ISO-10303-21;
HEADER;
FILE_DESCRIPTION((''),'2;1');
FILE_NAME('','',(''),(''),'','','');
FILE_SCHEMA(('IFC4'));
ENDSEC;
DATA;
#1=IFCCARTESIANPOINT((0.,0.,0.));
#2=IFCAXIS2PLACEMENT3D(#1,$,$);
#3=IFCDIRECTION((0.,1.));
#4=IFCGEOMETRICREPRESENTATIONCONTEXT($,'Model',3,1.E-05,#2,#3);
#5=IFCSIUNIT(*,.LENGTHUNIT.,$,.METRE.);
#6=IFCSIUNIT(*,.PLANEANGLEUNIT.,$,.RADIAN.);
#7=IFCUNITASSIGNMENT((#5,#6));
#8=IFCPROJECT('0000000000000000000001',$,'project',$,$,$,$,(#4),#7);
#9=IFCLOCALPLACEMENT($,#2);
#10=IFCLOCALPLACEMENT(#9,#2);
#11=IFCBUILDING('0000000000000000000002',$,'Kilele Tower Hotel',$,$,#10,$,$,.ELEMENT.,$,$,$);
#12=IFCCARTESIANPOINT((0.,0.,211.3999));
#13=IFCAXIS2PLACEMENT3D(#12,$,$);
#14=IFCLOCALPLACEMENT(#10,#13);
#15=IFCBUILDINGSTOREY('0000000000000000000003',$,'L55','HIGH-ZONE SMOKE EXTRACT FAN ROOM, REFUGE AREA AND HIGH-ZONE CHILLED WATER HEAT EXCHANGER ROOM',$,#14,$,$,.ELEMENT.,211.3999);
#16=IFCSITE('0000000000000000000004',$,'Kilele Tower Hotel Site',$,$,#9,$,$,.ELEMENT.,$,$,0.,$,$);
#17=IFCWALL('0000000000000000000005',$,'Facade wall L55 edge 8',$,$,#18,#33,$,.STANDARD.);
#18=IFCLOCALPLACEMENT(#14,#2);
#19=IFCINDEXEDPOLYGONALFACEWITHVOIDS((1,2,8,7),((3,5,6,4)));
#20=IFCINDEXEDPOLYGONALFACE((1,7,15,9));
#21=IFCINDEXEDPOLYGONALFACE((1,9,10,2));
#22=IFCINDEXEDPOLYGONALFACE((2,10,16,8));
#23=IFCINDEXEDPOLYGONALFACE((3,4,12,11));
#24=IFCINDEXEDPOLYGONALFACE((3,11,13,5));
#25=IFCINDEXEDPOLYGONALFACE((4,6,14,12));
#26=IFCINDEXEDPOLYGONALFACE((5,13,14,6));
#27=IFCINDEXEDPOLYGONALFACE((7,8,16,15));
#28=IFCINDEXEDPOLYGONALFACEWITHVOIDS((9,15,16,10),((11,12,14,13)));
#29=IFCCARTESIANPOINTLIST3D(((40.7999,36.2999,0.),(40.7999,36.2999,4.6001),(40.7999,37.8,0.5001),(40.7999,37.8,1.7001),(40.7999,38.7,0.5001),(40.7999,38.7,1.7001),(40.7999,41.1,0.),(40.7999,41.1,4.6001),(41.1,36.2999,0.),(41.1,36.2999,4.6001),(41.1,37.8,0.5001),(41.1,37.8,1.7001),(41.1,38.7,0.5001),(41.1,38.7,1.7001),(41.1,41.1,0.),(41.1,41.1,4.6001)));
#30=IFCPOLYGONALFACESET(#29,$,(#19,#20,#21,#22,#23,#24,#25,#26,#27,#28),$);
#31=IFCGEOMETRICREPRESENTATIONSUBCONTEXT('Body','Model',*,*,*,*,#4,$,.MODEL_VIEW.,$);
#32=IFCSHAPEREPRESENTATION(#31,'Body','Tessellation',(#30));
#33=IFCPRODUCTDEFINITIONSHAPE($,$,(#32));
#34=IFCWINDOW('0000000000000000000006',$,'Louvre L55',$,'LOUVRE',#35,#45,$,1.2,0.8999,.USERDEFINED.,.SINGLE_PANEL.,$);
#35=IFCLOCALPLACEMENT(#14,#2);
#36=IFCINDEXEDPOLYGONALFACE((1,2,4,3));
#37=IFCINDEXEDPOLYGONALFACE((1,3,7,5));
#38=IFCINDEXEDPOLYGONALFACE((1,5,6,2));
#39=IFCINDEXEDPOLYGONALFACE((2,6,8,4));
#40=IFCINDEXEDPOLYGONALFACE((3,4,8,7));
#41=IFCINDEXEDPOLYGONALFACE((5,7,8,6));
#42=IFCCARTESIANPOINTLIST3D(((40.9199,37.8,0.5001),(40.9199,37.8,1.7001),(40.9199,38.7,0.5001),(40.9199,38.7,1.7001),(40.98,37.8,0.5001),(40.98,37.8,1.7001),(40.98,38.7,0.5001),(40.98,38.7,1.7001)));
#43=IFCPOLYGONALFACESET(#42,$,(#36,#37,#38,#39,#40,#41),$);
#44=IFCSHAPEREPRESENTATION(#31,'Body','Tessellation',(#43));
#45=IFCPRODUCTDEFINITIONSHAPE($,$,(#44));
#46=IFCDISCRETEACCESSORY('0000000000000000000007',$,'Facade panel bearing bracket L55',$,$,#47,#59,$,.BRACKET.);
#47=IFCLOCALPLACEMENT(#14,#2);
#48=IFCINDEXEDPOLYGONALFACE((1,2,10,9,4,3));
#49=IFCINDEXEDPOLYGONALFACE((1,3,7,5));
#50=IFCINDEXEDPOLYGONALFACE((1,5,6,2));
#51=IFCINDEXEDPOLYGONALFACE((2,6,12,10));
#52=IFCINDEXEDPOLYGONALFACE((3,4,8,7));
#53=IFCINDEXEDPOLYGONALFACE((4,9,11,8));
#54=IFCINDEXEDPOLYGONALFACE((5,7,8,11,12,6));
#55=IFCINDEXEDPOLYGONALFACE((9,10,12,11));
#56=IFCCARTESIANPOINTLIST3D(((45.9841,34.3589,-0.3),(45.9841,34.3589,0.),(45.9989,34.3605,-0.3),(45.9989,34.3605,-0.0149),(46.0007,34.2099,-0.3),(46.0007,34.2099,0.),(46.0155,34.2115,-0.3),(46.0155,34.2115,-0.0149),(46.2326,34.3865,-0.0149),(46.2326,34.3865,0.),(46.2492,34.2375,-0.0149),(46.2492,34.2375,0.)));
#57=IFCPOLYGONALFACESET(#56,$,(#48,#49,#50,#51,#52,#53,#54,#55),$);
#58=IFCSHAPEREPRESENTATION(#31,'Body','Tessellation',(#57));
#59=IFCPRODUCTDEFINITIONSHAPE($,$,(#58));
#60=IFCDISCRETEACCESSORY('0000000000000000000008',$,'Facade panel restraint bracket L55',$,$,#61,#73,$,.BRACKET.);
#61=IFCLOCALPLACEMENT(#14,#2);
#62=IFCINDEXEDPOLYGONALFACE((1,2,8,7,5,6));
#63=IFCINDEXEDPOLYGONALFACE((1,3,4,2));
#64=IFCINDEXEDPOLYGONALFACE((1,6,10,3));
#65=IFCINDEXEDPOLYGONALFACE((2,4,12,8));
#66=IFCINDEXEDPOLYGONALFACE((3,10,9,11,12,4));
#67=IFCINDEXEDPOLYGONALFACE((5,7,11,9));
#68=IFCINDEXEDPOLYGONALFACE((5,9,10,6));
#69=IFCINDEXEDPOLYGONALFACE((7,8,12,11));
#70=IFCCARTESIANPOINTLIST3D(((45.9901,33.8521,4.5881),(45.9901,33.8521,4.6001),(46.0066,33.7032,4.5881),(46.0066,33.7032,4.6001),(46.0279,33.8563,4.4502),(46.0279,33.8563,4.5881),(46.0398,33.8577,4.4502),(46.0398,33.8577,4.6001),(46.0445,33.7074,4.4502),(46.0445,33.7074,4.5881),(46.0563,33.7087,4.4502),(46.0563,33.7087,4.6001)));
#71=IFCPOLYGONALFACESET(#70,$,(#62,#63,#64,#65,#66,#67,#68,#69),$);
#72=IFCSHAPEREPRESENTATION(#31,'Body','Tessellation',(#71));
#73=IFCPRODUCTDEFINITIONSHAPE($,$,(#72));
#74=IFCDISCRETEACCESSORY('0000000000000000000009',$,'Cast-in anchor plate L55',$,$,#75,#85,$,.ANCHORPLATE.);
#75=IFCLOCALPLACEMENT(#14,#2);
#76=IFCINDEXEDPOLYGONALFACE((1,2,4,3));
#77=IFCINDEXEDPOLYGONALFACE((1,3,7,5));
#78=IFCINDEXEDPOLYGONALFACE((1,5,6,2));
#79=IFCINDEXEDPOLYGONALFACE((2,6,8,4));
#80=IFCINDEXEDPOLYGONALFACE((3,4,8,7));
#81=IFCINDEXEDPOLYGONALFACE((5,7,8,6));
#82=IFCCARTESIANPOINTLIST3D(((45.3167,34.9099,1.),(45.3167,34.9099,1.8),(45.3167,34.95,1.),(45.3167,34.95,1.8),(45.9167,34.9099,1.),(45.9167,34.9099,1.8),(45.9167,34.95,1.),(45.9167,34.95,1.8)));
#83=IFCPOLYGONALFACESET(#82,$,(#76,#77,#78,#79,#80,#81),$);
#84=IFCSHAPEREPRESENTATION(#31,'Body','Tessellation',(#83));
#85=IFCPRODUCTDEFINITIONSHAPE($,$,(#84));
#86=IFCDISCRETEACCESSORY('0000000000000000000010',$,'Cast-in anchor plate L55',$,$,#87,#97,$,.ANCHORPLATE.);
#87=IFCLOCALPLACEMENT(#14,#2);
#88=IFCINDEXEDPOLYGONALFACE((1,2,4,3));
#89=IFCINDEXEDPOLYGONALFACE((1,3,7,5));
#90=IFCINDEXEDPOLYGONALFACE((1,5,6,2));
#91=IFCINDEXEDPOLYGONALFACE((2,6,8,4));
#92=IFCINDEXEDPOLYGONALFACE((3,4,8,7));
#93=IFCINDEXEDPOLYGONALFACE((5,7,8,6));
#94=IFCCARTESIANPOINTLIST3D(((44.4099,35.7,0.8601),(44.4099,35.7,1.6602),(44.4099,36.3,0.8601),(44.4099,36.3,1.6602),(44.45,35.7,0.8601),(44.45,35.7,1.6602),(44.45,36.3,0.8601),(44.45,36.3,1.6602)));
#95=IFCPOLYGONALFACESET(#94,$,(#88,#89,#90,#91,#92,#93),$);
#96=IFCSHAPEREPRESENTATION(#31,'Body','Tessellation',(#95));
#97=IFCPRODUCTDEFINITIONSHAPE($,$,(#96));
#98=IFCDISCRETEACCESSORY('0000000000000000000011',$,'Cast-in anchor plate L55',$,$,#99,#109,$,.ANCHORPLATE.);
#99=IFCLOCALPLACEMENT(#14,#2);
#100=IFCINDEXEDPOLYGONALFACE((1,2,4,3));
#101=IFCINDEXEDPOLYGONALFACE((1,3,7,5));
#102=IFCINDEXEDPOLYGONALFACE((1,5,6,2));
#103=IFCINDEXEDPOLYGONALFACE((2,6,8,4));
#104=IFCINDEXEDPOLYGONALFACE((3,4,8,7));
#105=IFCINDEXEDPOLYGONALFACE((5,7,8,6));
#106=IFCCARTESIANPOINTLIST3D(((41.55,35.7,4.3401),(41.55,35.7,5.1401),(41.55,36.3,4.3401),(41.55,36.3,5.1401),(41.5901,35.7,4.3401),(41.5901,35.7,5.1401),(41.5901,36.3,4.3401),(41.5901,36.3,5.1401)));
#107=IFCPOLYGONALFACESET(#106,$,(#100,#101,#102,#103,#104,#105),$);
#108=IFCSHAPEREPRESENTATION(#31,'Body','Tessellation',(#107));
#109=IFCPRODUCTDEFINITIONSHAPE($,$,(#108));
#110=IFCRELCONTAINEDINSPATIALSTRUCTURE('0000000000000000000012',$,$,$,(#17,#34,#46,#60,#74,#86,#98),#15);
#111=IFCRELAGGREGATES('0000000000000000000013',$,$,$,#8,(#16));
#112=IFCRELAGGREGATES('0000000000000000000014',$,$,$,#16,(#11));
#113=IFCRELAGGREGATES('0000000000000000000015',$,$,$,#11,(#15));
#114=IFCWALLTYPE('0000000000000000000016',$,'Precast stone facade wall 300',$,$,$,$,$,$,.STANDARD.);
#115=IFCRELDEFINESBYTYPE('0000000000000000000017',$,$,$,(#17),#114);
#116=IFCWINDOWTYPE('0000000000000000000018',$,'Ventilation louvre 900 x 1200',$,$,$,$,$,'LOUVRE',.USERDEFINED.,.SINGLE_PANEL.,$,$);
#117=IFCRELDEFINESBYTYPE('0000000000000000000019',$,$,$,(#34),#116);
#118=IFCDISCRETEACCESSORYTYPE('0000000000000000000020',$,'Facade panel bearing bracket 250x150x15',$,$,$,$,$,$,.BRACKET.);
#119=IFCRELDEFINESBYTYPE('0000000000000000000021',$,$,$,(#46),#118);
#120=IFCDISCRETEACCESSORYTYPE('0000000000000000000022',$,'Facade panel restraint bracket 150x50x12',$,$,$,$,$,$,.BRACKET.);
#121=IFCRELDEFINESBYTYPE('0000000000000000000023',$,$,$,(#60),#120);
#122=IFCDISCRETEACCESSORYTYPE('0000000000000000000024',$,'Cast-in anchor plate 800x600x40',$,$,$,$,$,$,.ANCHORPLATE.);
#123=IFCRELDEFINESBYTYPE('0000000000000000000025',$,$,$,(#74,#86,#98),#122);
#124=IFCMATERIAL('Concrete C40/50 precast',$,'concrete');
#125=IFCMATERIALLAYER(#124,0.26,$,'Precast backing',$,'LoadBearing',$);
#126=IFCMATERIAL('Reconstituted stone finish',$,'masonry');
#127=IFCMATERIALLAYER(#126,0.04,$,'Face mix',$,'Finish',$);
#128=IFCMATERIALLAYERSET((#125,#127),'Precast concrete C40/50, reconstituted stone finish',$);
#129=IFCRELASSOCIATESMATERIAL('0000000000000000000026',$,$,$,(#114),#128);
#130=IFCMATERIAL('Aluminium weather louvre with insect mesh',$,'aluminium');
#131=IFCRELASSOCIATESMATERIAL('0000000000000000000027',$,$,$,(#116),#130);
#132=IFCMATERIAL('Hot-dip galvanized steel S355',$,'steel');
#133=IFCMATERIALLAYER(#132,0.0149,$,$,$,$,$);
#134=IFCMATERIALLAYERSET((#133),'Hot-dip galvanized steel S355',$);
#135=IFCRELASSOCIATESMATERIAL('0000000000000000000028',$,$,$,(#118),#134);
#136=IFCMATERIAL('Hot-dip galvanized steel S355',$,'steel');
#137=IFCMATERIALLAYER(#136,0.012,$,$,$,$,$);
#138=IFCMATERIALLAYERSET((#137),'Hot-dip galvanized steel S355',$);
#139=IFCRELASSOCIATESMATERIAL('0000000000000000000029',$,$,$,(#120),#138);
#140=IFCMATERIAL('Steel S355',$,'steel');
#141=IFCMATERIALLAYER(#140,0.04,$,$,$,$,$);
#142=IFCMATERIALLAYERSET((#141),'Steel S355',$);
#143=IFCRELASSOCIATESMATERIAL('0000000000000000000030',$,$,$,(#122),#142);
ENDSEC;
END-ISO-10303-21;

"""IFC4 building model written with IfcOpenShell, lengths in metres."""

from ifc_helpers import new_model, si_unit, direction, frame, frame_2d, origin, place, context, subcontext, project, spatial, polyline, rectangle, outline, extrude, source, transform, mapped, material, layer, layer_set, type_object, element, fill, save


model = new_model("IFC4")

# Units and contexts
model_context = context("Model", 3, precision=1e-05, world=origin(), true_north=direction((0.0, 1.0)))
body_context = subcontext(model_context, "Body", "Model", "MODEL_VIEW")
ifc_project = project(units=[si_unit("LENGTHUNIT", "METRE"), si_unit("PLANEANGLEUNIT", "RADIAN")], contexts=[model_context])

# Site, building, storey
site_placement = place(None, origin())
site = spatial("IfcSite", under=ifc_project, at=site_placement, Name="Kilele Tower Hotel Site", CompositionType="ELEMENT", RefElevation=0.0)
building_placement = place(site_placement, origin())
building = spatial("IfcBuilding", under=site, at=building_placement, Name="Kilele Tower Hotel", CompositionType="ELEMENT")
storey_placement = place(building_placement, frame((0.0, 0.0, 211.3999)))
storey = spatial("IfcBuildingStorey", under=building, at=storey_placement, Name="L55", Description="HIGH-ZONE SMOKE EXTRACT FAN ROOM, REFUGE AREA AND HIGH-ZONE CHILLED WATER HEAT EXCHANGER ROOM", CompositionType="ELEMENT", Elevation=211.3999)

# Wall, opening, window
ifc_material_1 = material(Name="Concrete C40/50 precast", Category="concrete")
ifc_layer_1 = layer(ifc_material_1, 0.26, Name="Precast backing", Category="LoadBearing")
ifc_material_2 = material(Name="Reconstituted stone finish", Category="masonry")
ifc_layer_2 = layer(ifc_material_2, 0.04, Name="Face mix", Category="Finish")
ifc_layer_set_1 = layer_set([ifc_layer_1, ifc_layer_2], Name="Precast concrete C40/50, reconstituted stone finish")
wall_type = type_object("IfcWallType", Name="Precast stone facade wall 300", PredefinedType="STANDARD", material=ifc_layer_set_1)
wall_placement = place(storey_placement, frame((40.95, 36.3, 0.0), z_axis=(0.0, 0.0, 1.0), x_axis=(0.0, 1.0, 0.0)))
wall = element("IfcWall", 1, at=wall_placement, inside=storey, type_object=wall_type, Name="Facade wall L55 edge 8", PredefinedType="STANDARD", context=body_context, shape_type="SweptSolid", body=[
    extrude(rectangle(XDim=4.8, YDim=0.3, at=frame_2d((2.3999, 0.0))), origin(), (0.0, 0.0, 1.0), 4.6001),
])
opening_placement = place(wall_placement, frame((1.5, 0.0, 0.5)))
opening = element("IfcOpeningElement", 2, at=opening_placement, cuts=wall, PredefinedType="OPENING", context=body_context, shape_type="SweptSolid", body=[
    extrude(rectangle(XDim=0.8999, YDim=1.2, at=frame_2d((0.45, 0.6001))), frame((0.0, 0.1599, 0.0), z_axis=(0.0, -1.0, 0.0), x_axis=(1.0, 0.0, 0.0)), (0.0, 0.0, 1.0), 0.3201),
])
ifc_material_3 = material(Name="Aluminium weather louvre with insect mesh", Category="aluminium")
window_type = type_object("IfcWindowType", Name="Ventilation louvre 900 x 1200", ElementType="LOUVRE", PartitioningType="SINGLE_PANEL", PredefinedType="USERDEFINED", material=ifc_material_3)
window_placement = place(opening_placement, origin())
window = element("IfcWindow", 3, at=window_placement, inside=storey, type_object=window_type, Name="Louvre L55", ObjectType="LOUVRE", OverallHeight=1.2, OverallWidth=0.8999, PartitioningType="SINGLE_PANEL", PredefinedType="USERDEFINED", context=body_context, shape_type="SweptSolid", body=[
    extrude(rectangle(XDim=0.8999, YDim=1.2, at=frame_2d((0.45, 0.6001))), frame((0.0, 0.03, 0.0), z_axis=(0.0, -1.0, 0.0), x_axis=(1.0, 0.0, 0.0)), (0.0, 0.0, 1.0), 0.0601),
])
fill(opening, window)

# Discrete accessories
ifc_material_4 = material(Name="Hot-dip galvanized steel S355", Category="steel")
ifc_layer_3 = layer(ifc_material_4, 0.0149)
ifc_layer_set_2 = layer_set([ifc_layer_3], Name="Hot-dip galvanized steel S355")
discrete_accessory_type_1 = type_object("IfcDiscreteAccessoryType", Name="Facade panel bearing bracket 250x150x15", PredefinedType="BRACKET", material=ifc_layer_set_2)
shared_shape_1 = source(origin(), body_context, "Body", "SweptSolid", [
    extrude(outline(polyline([(0.0, 0.0), (0.25, 0.0), (0.25, -0.0149), (0.0149, -0.0149), (0.0149, -0.3), (0.0, -0.3), (0.0, 0.0)])), origin(), (0.0, 0.0, 1.0), 0.1499),
])
discrete_accessory_1_placement = place(storey_placement, frame((45.9841, 34.3589, 0.0), z_axis=(0.110432, -0.993884, 0.0), x_axis=(0.993884, 0.110432, 0.0)))
element("IfcDiscreteAccessory", 4, at=discrete_accessory_1_placement, inside=storey, type_object=discrete_accessory_type_1, Name="Facade panel bearing bracket L55", PredefinedType="BRACKET", context=body_context, shape_type="MappedRepresentation", body=[
    mapped(shared_shape_1, transform((0.0, 0.0, 0.0))),
])
ifc_material_5 = material(Name="Hot-dip galvanized steel S355", Category="steel")
ifc_layer_4 = layer(ifc_material_5, 0.012)
ifc_layer_set_3 = layer_set([ifc_layer_4], Name="Hot-dip galvanized steel S355")
discrete_accessory_type_2 = type_object("IfcDiscreteAccessoryType", Name="Facade panel restraint bracket 150x50x12", PredefinedType="BRACKET", material=ifc_layer_set_3)
shared_shape_2 = source(origin(), body_context, "Body", "SweptSolid", [
    extrude(outline(polyline([(0.0, 0.0), (0.0, -0.1499), (-0.012, -0.1499), (-0.012, -0.012), (-0.05, -0.012), (-0.05, 0.0), (0.0, 0.0)])), origin(), (0.0, 0.0, 1.0), 0.1499),
])
discrete_accessory_2_placement = place(storey_placement, frame((46.0398, 33.8577, 4.6001), z_axis=(0.110432, -0.993884, 0.0), x_axis=(0.993884, 0.110432, 0.0)))
element("IfcDiscreteAccessory", 5, at=discrete_accessory_2_placement, inside=storey, type_object=discrete_accessory_type_2, Name="Facade panel restraint bracket L55", PredefinedType="BRACKET", context=body_context, shape_type="MappedRepresentation", body=[
    mapped(shared_shape_2, transform((0.0, 0.0, 0.0))),
])
ifc_material_6 = material(Name="Steel S355", Category="steel")
ifc_layer_5 = layer(ifc_material_6, 0.04)
ifc_layer_set_4 = layer_set([ifc_layer_5], Name="Steel S355")
discrete_accessory_type_3 = type_object("IfcDiscreteAccessoryType", Name="Cast-in anchor plate 800x600x40", PredefinedType="ANCHORPLATE", material=ifc_layer_set_4)
shared_shape_3 = source(origin(), body_context, "Body", "SweptSolid", [
    extrude(outline(polyline([(0.0, 0.0), (0.04, 0.0), (0.04, 0.8), (0.0, 0.8), (0.0, 0.0)])), origin(), (0.0, 0.0, 1.0), 0.6001),
])
for number, where, z_axis, x_axis, name in (
    (6, (45.9167, 34.95, 1.0), (-1.0, 0.0, 0.0), (0.0, -1.0, 0.0), "Cast-in anchor plate L55"),
    (7, (44.45, 35.7, 0.8601), (0.0, 1.0, 0.0), (-1.0, 0.0, 0.0), "Cast-in anchor plate L55"),
    (8, (41.55, 36.3, 4.3401), (0.0, -1.0, 0.0), (1.0, 0.0, 0.0), "Cast-in anchor plate L55"),
):
    element("IfcDiscreteAccessory", number, at=place(storey_placement, frame(where, z_axis=z_axis, x_axis=x_axis)), inside=storey, type_object=discrete_accessory_type_3, Name=name, PredefinedType="ANCHORPLATE", context=body_context, shape_type="MappedRepresentation", body=[
        mapped(shared_shape_3, transform((0.0, 0.0, 0.0))),
    ])

save(model, "model.ifc")
